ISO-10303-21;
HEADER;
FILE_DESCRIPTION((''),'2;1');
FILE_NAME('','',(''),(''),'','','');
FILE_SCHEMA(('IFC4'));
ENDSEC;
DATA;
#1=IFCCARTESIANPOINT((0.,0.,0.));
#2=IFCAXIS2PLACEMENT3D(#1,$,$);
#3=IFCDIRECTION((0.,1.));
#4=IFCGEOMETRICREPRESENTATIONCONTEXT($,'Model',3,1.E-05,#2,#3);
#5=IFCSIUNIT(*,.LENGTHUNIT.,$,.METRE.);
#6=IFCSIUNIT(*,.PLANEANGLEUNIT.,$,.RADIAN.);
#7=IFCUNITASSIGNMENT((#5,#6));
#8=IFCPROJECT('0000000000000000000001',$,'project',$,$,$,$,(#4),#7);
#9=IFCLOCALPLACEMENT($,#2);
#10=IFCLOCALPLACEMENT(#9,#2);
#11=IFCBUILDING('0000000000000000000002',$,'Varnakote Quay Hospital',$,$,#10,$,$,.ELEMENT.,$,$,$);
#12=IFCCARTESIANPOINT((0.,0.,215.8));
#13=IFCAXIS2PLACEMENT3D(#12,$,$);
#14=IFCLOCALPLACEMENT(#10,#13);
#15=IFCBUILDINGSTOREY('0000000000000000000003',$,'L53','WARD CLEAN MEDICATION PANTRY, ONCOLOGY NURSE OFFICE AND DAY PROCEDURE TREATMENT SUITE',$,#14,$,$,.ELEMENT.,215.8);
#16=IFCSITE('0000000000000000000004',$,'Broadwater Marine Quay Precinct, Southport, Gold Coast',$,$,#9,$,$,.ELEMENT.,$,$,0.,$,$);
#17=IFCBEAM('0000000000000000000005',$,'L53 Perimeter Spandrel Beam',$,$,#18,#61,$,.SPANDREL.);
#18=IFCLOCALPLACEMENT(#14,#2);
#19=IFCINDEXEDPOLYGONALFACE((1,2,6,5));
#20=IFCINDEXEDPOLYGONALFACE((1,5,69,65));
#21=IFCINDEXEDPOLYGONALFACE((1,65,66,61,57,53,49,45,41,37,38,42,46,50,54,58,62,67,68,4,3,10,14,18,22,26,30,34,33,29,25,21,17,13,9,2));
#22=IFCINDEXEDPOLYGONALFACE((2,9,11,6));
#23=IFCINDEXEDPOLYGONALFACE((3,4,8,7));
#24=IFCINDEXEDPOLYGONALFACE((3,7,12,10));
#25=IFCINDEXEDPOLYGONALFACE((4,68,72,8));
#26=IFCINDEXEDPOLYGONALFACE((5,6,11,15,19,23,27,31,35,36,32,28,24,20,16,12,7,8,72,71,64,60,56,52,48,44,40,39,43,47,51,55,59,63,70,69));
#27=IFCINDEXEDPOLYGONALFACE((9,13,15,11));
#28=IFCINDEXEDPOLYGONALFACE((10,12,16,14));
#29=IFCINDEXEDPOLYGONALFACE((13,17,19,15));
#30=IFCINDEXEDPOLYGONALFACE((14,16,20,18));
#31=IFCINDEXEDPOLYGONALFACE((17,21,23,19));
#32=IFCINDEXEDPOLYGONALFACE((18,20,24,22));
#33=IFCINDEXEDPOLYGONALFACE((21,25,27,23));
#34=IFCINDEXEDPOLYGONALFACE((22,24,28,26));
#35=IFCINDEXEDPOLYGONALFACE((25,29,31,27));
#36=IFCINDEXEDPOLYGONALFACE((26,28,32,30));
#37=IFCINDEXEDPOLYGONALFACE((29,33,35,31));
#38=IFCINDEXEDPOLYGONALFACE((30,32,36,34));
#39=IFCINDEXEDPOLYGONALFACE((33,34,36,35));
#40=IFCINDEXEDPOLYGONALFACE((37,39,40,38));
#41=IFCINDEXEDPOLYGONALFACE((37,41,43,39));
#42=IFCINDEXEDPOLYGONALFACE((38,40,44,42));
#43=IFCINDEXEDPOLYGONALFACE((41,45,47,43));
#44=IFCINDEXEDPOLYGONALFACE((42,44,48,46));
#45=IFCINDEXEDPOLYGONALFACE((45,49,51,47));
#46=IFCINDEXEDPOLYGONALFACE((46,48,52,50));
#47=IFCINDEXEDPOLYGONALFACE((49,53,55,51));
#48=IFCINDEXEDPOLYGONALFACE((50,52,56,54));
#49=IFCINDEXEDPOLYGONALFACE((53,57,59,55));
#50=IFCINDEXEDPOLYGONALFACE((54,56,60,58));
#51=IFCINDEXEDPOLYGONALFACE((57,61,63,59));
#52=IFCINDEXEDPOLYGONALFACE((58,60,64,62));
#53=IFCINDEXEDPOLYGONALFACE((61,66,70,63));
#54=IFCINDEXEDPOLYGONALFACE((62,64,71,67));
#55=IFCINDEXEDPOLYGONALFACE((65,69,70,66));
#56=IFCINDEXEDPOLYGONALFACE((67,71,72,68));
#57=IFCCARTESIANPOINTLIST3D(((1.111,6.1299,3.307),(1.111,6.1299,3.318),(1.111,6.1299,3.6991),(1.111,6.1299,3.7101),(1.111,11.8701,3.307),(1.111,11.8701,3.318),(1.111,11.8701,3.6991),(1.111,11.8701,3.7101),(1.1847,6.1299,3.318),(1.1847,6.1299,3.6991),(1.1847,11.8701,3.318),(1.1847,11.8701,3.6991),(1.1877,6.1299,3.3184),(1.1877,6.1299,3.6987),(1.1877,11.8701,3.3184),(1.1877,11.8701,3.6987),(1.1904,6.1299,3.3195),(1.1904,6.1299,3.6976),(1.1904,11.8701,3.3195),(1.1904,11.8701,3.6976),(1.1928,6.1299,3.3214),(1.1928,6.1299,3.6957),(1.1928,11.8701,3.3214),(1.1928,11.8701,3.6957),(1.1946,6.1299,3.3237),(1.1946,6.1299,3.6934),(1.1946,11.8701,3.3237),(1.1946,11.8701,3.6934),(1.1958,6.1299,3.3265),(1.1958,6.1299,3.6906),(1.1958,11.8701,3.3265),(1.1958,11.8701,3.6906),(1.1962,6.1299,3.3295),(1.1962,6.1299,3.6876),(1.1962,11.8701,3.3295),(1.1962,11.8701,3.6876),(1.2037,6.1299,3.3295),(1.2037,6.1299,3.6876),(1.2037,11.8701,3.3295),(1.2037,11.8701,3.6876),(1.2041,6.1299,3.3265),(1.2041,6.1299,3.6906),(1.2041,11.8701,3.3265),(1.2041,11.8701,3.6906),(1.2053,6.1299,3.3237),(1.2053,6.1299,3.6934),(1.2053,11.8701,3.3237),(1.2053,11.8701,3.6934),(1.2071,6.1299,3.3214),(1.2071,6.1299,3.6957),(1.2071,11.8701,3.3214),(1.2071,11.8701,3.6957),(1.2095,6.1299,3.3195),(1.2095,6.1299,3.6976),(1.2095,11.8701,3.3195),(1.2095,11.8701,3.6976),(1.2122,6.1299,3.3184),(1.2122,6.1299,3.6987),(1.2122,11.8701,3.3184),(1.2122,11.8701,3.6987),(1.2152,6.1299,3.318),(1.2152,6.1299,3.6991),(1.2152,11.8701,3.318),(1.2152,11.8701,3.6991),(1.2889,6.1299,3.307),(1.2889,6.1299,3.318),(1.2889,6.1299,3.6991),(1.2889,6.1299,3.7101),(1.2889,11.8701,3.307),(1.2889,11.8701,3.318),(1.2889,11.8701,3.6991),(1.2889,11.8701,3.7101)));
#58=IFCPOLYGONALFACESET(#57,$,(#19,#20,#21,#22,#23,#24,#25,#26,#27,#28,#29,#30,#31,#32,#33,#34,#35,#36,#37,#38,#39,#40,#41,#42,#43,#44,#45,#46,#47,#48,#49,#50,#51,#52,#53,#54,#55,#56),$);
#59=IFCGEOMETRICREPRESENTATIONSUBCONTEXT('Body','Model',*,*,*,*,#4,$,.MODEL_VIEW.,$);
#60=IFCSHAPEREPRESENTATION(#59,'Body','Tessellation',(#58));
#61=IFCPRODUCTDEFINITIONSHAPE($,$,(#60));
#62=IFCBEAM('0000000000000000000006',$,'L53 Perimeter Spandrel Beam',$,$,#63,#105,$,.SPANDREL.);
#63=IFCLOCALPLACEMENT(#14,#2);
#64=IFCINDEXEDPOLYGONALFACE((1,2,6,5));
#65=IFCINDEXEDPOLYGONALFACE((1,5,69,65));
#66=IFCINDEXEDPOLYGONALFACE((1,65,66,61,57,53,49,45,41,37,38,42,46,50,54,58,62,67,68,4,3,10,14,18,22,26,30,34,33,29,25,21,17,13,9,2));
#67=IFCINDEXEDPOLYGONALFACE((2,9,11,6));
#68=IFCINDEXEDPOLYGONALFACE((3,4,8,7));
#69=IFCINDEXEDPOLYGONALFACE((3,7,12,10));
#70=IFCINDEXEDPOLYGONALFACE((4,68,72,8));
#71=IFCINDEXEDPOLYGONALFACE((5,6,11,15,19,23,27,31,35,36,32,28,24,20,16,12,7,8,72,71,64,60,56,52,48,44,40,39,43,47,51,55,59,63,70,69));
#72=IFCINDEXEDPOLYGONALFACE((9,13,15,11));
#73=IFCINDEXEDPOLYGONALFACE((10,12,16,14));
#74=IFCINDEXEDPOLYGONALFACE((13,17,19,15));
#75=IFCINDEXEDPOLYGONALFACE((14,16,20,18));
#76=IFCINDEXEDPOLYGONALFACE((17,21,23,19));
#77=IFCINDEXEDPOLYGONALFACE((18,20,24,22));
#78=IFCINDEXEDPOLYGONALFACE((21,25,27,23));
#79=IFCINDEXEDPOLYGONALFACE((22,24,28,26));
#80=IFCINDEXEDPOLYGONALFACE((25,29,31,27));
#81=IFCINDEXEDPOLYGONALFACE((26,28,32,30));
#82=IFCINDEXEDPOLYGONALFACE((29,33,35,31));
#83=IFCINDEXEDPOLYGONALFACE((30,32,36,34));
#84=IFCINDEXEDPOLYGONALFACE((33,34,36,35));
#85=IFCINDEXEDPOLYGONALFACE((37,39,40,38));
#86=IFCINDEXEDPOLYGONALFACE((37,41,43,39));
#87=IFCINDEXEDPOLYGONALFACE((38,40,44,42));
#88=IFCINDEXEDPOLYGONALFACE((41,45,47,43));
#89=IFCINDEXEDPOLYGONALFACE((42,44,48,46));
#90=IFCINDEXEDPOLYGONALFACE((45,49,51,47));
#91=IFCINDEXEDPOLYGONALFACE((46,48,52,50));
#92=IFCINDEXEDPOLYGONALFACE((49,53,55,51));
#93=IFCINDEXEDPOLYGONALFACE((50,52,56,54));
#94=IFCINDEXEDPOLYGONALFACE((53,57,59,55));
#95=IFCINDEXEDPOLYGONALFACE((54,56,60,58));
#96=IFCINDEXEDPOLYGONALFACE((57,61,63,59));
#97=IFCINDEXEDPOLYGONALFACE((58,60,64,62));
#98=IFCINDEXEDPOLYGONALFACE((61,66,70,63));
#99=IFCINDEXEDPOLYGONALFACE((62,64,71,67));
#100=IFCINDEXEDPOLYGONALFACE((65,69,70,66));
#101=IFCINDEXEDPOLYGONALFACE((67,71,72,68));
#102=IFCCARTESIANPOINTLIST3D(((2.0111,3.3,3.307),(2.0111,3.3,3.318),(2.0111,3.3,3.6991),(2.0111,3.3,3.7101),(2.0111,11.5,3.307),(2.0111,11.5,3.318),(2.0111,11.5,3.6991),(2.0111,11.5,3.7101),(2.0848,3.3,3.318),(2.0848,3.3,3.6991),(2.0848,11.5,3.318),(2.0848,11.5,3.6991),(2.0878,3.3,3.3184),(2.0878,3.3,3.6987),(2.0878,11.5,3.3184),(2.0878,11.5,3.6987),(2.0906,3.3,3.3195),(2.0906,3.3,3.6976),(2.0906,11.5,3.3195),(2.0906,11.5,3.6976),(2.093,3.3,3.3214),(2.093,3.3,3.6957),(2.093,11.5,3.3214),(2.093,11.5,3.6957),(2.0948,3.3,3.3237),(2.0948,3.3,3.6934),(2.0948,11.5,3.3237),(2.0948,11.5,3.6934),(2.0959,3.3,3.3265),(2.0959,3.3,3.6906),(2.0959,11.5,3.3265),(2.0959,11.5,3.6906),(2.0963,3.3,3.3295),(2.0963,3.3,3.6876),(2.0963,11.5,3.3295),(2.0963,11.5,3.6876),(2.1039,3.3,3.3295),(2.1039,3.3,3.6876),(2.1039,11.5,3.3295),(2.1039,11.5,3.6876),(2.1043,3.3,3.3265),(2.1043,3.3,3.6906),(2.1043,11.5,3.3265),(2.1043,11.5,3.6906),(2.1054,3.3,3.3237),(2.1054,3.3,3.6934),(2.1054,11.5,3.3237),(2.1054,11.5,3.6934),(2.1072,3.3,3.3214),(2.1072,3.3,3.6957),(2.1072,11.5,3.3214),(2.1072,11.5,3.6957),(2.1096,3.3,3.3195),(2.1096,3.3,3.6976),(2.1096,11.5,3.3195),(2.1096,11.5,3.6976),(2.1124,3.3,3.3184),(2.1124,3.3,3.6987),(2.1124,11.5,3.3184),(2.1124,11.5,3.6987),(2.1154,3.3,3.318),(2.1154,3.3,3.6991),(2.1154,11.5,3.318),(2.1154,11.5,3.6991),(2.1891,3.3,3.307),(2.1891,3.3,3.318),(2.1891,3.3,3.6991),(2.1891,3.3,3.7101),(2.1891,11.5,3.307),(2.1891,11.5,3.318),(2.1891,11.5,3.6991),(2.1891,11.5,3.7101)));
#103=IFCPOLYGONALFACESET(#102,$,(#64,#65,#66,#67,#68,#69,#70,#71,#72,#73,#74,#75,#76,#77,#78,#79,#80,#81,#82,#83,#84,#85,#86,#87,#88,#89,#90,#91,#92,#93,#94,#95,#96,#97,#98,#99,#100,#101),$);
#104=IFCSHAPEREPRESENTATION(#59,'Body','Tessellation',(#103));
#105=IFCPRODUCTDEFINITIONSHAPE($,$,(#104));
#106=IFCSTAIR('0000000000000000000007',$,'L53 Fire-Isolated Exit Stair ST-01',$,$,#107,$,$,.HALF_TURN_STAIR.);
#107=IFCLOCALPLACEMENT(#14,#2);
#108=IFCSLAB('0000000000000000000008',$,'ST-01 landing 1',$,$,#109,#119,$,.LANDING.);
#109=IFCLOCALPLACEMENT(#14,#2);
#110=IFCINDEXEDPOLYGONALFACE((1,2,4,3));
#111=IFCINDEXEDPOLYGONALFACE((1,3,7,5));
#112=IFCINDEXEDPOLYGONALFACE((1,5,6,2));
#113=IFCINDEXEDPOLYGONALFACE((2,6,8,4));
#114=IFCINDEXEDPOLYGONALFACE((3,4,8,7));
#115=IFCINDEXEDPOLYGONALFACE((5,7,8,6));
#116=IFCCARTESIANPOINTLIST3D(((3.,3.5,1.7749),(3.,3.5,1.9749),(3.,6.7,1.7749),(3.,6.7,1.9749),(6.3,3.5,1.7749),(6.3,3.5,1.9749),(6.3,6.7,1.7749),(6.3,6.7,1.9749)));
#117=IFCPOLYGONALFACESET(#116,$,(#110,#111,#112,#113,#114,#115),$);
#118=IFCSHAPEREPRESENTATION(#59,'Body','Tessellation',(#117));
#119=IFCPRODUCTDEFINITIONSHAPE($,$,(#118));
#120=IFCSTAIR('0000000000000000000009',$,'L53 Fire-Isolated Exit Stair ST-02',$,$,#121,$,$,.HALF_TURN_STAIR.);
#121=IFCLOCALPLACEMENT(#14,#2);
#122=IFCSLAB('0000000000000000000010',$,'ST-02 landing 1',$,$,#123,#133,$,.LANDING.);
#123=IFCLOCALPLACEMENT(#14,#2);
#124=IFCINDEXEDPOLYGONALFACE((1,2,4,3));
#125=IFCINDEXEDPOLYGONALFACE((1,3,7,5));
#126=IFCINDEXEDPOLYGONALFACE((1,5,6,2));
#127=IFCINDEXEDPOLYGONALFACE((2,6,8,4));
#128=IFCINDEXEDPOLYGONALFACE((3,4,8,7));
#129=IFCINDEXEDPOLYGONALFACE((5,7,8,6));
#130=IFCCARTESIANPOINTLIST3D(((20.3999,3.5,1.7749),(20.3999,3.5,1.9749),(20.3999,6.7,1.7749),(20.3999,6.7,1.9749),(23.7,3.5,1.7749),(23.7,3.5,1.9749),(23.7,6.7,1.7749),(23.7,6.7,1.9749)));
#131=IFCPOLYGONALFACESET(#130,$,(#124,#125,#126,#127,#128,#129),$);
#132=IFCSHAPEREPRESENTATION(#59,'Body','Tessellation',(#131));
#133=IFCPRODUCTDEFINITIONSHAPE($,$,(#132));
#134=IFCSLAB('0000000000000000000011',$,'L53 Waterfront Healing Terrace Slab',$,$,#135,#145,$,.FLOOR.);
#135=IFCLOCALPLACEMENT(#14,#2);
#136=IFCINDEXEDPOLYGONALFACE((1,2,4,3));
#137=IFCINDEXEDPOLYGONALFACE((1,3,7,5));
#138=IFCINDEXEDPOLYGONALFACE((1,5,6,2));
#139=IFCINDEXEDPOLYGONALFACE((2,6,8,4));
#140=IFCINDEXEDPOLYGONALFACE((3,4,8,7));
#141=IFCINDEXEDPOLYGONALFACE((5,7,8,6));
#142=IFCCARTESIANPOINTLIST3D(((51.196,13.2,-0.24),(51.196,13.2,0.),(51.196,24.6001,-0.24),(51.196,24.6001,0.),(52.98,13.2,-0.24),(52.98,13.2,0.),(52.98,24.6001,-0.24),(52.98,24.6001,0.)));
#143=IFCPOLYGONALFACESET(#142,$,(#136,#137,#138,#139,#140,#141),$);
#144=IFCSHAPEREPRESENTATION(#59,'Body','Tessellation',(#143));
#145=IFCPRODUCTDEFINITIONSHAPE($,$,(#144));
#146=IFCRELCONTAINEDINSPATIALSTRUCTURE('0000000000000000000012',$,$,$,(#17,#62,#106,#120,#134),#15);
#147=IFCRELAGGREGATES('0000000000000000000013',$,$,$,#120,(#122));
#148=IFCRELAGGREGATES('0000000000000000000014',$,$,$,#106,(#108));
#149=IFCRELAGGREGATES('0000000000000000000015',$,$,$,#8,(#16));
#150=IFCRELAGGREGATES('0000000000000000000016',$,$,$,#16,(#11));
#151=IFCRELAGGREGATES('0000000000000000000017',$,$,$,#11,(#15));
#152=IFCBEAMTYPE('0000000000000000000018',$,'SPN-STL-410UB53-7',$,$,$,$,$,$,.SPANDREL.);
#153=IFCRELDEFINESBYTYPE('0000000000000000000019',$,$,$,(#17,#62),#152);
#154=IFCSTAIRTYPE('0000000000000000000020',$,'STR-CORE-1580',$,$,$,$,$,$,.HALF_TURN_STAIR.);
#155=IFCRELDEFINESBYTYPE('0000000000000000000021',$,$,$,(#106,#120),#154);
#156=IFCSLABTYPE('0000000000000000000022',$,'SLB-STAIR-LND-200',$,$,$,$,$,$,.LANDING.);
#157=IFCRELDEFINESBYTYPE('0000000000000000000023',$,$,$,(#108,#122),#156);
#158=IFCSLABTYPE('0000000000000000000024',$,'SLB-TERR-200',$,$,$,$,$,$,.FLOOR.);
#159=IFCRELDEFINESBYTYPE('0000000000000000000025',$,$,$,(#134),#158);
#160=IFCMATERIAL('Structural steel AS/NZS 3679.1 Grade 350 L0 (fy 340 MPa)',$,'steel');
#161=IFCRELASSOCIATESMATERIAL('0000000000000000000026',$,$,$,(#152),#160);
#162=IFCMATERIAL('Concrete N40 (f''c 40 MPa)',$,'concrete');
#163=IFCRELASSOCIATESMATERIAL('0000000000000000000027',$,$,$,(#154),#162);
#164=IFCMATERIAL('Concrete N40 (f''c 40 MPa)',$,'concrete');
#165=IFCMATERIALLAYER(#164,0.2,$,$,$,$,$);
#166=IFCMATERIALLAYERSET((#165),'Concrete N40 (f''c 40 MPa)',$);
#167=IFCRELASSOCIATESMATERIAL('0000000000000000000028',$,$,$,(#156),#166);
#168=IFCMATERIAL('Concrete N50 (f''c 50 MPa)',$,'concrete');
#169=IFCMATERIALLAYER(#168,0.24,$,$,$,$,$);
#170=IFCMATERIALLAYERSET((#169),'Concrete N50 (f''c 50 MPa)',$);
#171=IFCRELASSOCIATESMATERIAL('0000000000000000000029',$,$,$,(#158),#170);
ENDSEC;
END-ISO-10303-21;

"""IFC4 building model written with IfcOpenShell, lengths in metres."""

from ifc_helpers import new_model, si_unit, direction, frame, origin, origin_2d, place, context, subcontext, project, spatial, polyline, i_section, outline, extrude, material, layer, layer_set, material_profile, profile_set, type_object, element, aggregate, save


model = new_model("IFC4")

# Units and contexts
model_context = context("Model", 3, precision=1e-05, world=origin(), true_north=direction((0.0, 1.0)))
body_context = subcontext(model_context, "Body", "Model", "MODEL_VIEW")
ifc_project = project(units=[si_unit("LENGTHUNIT", "METRE"), si_unit("PLANEANGLEUNIT", "RADIAN")], contexts=[model_context])

# Site, building, storey
site_placement = place(None, origin())
site = spatial("IfcSite", under=ifc_project, at=site_placement, Name="Broadwater Marine Quay Precinct, Southport, Gold Coast", CompositionType="ELEMENT", RefElevation=0.0)
building_placement = place(site_placement, origin())
building = spatial("IfcBuilding", under=site, at=building_placement, Name="Varnakote Quay Hospital", CompositionType="ELEMENT")
storey_placement = place(building_placement, frame((0.0, 0.0, 215.8)))
storey = spatial("IfcBuildingStorey", under=building, at=storey_placement, Name="L53", Description="WARD CLEAN MEDICATION PANTRY, ONCOLOGY NURSE OFFICE AND DAY PROCEDURE TREATMENT SUITE", CompositionType="ELEMENT", Elevation=215.8)

# Beams
ifc_material_1 = material(Name="Structural steel AS/NZS 3679.1 Grade 350 L0 (fy 340 MPa)", Category="steel")
ifc_material_profile_1 = material_profile(ifc_material_1, i_section(OverallWidth=0.178, OverallDepth=0.4031, WebThickness=0.0076, FlangeThickness=0.011, FilletRadius=0.0115, at=origin_2d()), Name="410UB53.7")
ifc_profile_set_1 = profile_set([ifc_material_profile_1], Name="Structural steel AS/NZS 3679.1 Grade 350 L0 (fy 340 MPa)")
beam_type_1 = type_object("IfcBeamType", Name="SPN-STL-410UB53-7", PredefinedType="SPANDREL", material=ifc_profile_set_1)
beam_1_placement = place(storey_placement, frame((1.2, 6.1299, 3.5085), z_axis=(0.0, 1.0, 0.0), x_axis=(-1.0, 0.0, 0.0)))
element("IfcBeam", 1, at=beam_1_placement, inside=storey, type_object=beam_type_1, Name="L53 Perimeter Spandrel Beam", PredefinedType="SPANDREL", context=body_context, shape_type="SweptSolid", body=[
    extrude(i_section(OverallWidth=0.178, OverallDepth=0.4031, WebThickness=0.0076, FlangeThickness=0.011, FilletRadius=0.0115, at=origin_2d()), origin(), (0.0, 0.0, 1.0), 5.7402),
])
beam_2_placement = place(storey_placement, frame((2.1001, 3.3, 3.5085), z_axis=(0.0, 1.0, 0.0), x_axis=(-1.0, 0.0, 0.0)))
element("IfcBeam", 2, at=beam_2_placement, inside=storey, type_object=beam_type_1, Name="L53 Perimeter Spandrel Beam", PredefinedType="SPANDREL", context=body_context, shape_type="SweptSolid", body=[
    extrude(i_section(OverallWidth=0.178, OverallDepth=0.4031, WebThickness=0.0076, FlangeThickness=0.011, FilletRadius=0.0115, at=origin_2d()), origin(), (0.0, 0.0, 1.0), 8.2),
])

# Stairs, slabs
ifc_material_2 = material(Name="Concrete N40 (f'c 40 MPa)", Category="concrete")
stair_type = type_object("IfcStairType", Name="STR-CORE-1580", PredefinedType="HALF_TURN_STAIR", material=ifc_material_2)
stair_1_placement = place(storey_placement, origin())
stair_1 = element("IfcStair", 3, at=stair_1_placement, inside=storey, type_object=stair_type, Name="L53 Fire-Isolated Exit Stair ST-01", PredefinedType="HALF_TURN_STAIR")
ifc_material_3 = material(Name="Concrete N40 (f'c 40 MPa)", Category="concrete")
ifc_layer_1 = layer(ifc_material_3, 0.2)
ifc_layer_set_1 = layer_set([ifc_layer_1], Name="Concrete N40 (f'c 40 MPa)")
slab_type_1 = type_object("IfcSlabType", Name="SLB-STAIR-LND-200", PredefinedType="LANDING", material=ifc_layer_set_1)
slab_1_placement = place(storey_placement, frame((0.0, 0.0, 1.7749)))
slab_1 = element("IfcSlab", 4, at=slab_1_placement, type_object=slab_type_1, Name="ST-01 landing 1", PredefinedType="LANDING", context=body_context, shape_type="SweptSolid", body=[
    extrude(outline(polyline([(3.0, 6.7), (3.0, 3.5), (6.3, 3.5), (6.3, 6.7), (3.0, 6.7)])), origin(), (0.0, 0.0, 1.0), 0.2),
])
stair_2_placement = place(storey_placement, origin())
stair_2 = element("IfcStair", 5, at=stair_2_placement, inside=storey, type_object=stair_type, Name="L53 Fire-Isolated Exit Stair ST-02", PredefinedType="HALF_TURN_STAIR")
slab_2_placement = place(storey_placement, frame((0.0, 0.0, 1.7749)))
slab_2 = element("IfcSlab", 6, at=slab_2_placement, type_object=slab_type_1, Name="ST-02 landing 1", PredefinedType="LANDING", context=body_context, shape_type="SweptSolid", body=[
    extrude(outline(polyline([(20.3999, 6.7), (20.3999, 3.5), (23.7, 3.5), (23.7, 6.7), (20.3999, 6.7)])), origin(), (0.0, 0.0, 1.0), 0.2),
])
aggregate(stair_2, [slab_2])

# Slab
ifc_material_4 = material(Name="Concrete N50 (f'c 50 MPa)", Category="concrete")
ifc_layer_2 = layer(ifc_material_4, 0.24)
ifc_layer_set_2 = layer_set([ifc_layer_2], Name="Concrete N50 (f'c 50 MPa)")
slab_type_2 = type_object("IfcSlabType", Name="SLB-TERR-200", PredefinedType="FLOOR", material=ifc_layer_set_2)
slab_3_placement = place(storey_placement, frame((0.0, 0.0, -0.24)))
element("IfcSlab", 7, at=slab_3_placement, inside=storey, type_object=slab_type_2, Name="L53 Waterfront Healing Terrace Slab", PredefinedType="FLOOR", context=body_context, shape_type="SweptSolid", body=[
    extrude(outline(polyline([(51.196, 24.6001), (51.196, 13.2), (52.98, 13.2), (52.98, 24.6001), (51.196, 24.6001)])), origin(), (0.0, 0.0, 1.0), 0.24),
])

aggregate(stair_1, [slab_1])

save(model, "model.ifc")
